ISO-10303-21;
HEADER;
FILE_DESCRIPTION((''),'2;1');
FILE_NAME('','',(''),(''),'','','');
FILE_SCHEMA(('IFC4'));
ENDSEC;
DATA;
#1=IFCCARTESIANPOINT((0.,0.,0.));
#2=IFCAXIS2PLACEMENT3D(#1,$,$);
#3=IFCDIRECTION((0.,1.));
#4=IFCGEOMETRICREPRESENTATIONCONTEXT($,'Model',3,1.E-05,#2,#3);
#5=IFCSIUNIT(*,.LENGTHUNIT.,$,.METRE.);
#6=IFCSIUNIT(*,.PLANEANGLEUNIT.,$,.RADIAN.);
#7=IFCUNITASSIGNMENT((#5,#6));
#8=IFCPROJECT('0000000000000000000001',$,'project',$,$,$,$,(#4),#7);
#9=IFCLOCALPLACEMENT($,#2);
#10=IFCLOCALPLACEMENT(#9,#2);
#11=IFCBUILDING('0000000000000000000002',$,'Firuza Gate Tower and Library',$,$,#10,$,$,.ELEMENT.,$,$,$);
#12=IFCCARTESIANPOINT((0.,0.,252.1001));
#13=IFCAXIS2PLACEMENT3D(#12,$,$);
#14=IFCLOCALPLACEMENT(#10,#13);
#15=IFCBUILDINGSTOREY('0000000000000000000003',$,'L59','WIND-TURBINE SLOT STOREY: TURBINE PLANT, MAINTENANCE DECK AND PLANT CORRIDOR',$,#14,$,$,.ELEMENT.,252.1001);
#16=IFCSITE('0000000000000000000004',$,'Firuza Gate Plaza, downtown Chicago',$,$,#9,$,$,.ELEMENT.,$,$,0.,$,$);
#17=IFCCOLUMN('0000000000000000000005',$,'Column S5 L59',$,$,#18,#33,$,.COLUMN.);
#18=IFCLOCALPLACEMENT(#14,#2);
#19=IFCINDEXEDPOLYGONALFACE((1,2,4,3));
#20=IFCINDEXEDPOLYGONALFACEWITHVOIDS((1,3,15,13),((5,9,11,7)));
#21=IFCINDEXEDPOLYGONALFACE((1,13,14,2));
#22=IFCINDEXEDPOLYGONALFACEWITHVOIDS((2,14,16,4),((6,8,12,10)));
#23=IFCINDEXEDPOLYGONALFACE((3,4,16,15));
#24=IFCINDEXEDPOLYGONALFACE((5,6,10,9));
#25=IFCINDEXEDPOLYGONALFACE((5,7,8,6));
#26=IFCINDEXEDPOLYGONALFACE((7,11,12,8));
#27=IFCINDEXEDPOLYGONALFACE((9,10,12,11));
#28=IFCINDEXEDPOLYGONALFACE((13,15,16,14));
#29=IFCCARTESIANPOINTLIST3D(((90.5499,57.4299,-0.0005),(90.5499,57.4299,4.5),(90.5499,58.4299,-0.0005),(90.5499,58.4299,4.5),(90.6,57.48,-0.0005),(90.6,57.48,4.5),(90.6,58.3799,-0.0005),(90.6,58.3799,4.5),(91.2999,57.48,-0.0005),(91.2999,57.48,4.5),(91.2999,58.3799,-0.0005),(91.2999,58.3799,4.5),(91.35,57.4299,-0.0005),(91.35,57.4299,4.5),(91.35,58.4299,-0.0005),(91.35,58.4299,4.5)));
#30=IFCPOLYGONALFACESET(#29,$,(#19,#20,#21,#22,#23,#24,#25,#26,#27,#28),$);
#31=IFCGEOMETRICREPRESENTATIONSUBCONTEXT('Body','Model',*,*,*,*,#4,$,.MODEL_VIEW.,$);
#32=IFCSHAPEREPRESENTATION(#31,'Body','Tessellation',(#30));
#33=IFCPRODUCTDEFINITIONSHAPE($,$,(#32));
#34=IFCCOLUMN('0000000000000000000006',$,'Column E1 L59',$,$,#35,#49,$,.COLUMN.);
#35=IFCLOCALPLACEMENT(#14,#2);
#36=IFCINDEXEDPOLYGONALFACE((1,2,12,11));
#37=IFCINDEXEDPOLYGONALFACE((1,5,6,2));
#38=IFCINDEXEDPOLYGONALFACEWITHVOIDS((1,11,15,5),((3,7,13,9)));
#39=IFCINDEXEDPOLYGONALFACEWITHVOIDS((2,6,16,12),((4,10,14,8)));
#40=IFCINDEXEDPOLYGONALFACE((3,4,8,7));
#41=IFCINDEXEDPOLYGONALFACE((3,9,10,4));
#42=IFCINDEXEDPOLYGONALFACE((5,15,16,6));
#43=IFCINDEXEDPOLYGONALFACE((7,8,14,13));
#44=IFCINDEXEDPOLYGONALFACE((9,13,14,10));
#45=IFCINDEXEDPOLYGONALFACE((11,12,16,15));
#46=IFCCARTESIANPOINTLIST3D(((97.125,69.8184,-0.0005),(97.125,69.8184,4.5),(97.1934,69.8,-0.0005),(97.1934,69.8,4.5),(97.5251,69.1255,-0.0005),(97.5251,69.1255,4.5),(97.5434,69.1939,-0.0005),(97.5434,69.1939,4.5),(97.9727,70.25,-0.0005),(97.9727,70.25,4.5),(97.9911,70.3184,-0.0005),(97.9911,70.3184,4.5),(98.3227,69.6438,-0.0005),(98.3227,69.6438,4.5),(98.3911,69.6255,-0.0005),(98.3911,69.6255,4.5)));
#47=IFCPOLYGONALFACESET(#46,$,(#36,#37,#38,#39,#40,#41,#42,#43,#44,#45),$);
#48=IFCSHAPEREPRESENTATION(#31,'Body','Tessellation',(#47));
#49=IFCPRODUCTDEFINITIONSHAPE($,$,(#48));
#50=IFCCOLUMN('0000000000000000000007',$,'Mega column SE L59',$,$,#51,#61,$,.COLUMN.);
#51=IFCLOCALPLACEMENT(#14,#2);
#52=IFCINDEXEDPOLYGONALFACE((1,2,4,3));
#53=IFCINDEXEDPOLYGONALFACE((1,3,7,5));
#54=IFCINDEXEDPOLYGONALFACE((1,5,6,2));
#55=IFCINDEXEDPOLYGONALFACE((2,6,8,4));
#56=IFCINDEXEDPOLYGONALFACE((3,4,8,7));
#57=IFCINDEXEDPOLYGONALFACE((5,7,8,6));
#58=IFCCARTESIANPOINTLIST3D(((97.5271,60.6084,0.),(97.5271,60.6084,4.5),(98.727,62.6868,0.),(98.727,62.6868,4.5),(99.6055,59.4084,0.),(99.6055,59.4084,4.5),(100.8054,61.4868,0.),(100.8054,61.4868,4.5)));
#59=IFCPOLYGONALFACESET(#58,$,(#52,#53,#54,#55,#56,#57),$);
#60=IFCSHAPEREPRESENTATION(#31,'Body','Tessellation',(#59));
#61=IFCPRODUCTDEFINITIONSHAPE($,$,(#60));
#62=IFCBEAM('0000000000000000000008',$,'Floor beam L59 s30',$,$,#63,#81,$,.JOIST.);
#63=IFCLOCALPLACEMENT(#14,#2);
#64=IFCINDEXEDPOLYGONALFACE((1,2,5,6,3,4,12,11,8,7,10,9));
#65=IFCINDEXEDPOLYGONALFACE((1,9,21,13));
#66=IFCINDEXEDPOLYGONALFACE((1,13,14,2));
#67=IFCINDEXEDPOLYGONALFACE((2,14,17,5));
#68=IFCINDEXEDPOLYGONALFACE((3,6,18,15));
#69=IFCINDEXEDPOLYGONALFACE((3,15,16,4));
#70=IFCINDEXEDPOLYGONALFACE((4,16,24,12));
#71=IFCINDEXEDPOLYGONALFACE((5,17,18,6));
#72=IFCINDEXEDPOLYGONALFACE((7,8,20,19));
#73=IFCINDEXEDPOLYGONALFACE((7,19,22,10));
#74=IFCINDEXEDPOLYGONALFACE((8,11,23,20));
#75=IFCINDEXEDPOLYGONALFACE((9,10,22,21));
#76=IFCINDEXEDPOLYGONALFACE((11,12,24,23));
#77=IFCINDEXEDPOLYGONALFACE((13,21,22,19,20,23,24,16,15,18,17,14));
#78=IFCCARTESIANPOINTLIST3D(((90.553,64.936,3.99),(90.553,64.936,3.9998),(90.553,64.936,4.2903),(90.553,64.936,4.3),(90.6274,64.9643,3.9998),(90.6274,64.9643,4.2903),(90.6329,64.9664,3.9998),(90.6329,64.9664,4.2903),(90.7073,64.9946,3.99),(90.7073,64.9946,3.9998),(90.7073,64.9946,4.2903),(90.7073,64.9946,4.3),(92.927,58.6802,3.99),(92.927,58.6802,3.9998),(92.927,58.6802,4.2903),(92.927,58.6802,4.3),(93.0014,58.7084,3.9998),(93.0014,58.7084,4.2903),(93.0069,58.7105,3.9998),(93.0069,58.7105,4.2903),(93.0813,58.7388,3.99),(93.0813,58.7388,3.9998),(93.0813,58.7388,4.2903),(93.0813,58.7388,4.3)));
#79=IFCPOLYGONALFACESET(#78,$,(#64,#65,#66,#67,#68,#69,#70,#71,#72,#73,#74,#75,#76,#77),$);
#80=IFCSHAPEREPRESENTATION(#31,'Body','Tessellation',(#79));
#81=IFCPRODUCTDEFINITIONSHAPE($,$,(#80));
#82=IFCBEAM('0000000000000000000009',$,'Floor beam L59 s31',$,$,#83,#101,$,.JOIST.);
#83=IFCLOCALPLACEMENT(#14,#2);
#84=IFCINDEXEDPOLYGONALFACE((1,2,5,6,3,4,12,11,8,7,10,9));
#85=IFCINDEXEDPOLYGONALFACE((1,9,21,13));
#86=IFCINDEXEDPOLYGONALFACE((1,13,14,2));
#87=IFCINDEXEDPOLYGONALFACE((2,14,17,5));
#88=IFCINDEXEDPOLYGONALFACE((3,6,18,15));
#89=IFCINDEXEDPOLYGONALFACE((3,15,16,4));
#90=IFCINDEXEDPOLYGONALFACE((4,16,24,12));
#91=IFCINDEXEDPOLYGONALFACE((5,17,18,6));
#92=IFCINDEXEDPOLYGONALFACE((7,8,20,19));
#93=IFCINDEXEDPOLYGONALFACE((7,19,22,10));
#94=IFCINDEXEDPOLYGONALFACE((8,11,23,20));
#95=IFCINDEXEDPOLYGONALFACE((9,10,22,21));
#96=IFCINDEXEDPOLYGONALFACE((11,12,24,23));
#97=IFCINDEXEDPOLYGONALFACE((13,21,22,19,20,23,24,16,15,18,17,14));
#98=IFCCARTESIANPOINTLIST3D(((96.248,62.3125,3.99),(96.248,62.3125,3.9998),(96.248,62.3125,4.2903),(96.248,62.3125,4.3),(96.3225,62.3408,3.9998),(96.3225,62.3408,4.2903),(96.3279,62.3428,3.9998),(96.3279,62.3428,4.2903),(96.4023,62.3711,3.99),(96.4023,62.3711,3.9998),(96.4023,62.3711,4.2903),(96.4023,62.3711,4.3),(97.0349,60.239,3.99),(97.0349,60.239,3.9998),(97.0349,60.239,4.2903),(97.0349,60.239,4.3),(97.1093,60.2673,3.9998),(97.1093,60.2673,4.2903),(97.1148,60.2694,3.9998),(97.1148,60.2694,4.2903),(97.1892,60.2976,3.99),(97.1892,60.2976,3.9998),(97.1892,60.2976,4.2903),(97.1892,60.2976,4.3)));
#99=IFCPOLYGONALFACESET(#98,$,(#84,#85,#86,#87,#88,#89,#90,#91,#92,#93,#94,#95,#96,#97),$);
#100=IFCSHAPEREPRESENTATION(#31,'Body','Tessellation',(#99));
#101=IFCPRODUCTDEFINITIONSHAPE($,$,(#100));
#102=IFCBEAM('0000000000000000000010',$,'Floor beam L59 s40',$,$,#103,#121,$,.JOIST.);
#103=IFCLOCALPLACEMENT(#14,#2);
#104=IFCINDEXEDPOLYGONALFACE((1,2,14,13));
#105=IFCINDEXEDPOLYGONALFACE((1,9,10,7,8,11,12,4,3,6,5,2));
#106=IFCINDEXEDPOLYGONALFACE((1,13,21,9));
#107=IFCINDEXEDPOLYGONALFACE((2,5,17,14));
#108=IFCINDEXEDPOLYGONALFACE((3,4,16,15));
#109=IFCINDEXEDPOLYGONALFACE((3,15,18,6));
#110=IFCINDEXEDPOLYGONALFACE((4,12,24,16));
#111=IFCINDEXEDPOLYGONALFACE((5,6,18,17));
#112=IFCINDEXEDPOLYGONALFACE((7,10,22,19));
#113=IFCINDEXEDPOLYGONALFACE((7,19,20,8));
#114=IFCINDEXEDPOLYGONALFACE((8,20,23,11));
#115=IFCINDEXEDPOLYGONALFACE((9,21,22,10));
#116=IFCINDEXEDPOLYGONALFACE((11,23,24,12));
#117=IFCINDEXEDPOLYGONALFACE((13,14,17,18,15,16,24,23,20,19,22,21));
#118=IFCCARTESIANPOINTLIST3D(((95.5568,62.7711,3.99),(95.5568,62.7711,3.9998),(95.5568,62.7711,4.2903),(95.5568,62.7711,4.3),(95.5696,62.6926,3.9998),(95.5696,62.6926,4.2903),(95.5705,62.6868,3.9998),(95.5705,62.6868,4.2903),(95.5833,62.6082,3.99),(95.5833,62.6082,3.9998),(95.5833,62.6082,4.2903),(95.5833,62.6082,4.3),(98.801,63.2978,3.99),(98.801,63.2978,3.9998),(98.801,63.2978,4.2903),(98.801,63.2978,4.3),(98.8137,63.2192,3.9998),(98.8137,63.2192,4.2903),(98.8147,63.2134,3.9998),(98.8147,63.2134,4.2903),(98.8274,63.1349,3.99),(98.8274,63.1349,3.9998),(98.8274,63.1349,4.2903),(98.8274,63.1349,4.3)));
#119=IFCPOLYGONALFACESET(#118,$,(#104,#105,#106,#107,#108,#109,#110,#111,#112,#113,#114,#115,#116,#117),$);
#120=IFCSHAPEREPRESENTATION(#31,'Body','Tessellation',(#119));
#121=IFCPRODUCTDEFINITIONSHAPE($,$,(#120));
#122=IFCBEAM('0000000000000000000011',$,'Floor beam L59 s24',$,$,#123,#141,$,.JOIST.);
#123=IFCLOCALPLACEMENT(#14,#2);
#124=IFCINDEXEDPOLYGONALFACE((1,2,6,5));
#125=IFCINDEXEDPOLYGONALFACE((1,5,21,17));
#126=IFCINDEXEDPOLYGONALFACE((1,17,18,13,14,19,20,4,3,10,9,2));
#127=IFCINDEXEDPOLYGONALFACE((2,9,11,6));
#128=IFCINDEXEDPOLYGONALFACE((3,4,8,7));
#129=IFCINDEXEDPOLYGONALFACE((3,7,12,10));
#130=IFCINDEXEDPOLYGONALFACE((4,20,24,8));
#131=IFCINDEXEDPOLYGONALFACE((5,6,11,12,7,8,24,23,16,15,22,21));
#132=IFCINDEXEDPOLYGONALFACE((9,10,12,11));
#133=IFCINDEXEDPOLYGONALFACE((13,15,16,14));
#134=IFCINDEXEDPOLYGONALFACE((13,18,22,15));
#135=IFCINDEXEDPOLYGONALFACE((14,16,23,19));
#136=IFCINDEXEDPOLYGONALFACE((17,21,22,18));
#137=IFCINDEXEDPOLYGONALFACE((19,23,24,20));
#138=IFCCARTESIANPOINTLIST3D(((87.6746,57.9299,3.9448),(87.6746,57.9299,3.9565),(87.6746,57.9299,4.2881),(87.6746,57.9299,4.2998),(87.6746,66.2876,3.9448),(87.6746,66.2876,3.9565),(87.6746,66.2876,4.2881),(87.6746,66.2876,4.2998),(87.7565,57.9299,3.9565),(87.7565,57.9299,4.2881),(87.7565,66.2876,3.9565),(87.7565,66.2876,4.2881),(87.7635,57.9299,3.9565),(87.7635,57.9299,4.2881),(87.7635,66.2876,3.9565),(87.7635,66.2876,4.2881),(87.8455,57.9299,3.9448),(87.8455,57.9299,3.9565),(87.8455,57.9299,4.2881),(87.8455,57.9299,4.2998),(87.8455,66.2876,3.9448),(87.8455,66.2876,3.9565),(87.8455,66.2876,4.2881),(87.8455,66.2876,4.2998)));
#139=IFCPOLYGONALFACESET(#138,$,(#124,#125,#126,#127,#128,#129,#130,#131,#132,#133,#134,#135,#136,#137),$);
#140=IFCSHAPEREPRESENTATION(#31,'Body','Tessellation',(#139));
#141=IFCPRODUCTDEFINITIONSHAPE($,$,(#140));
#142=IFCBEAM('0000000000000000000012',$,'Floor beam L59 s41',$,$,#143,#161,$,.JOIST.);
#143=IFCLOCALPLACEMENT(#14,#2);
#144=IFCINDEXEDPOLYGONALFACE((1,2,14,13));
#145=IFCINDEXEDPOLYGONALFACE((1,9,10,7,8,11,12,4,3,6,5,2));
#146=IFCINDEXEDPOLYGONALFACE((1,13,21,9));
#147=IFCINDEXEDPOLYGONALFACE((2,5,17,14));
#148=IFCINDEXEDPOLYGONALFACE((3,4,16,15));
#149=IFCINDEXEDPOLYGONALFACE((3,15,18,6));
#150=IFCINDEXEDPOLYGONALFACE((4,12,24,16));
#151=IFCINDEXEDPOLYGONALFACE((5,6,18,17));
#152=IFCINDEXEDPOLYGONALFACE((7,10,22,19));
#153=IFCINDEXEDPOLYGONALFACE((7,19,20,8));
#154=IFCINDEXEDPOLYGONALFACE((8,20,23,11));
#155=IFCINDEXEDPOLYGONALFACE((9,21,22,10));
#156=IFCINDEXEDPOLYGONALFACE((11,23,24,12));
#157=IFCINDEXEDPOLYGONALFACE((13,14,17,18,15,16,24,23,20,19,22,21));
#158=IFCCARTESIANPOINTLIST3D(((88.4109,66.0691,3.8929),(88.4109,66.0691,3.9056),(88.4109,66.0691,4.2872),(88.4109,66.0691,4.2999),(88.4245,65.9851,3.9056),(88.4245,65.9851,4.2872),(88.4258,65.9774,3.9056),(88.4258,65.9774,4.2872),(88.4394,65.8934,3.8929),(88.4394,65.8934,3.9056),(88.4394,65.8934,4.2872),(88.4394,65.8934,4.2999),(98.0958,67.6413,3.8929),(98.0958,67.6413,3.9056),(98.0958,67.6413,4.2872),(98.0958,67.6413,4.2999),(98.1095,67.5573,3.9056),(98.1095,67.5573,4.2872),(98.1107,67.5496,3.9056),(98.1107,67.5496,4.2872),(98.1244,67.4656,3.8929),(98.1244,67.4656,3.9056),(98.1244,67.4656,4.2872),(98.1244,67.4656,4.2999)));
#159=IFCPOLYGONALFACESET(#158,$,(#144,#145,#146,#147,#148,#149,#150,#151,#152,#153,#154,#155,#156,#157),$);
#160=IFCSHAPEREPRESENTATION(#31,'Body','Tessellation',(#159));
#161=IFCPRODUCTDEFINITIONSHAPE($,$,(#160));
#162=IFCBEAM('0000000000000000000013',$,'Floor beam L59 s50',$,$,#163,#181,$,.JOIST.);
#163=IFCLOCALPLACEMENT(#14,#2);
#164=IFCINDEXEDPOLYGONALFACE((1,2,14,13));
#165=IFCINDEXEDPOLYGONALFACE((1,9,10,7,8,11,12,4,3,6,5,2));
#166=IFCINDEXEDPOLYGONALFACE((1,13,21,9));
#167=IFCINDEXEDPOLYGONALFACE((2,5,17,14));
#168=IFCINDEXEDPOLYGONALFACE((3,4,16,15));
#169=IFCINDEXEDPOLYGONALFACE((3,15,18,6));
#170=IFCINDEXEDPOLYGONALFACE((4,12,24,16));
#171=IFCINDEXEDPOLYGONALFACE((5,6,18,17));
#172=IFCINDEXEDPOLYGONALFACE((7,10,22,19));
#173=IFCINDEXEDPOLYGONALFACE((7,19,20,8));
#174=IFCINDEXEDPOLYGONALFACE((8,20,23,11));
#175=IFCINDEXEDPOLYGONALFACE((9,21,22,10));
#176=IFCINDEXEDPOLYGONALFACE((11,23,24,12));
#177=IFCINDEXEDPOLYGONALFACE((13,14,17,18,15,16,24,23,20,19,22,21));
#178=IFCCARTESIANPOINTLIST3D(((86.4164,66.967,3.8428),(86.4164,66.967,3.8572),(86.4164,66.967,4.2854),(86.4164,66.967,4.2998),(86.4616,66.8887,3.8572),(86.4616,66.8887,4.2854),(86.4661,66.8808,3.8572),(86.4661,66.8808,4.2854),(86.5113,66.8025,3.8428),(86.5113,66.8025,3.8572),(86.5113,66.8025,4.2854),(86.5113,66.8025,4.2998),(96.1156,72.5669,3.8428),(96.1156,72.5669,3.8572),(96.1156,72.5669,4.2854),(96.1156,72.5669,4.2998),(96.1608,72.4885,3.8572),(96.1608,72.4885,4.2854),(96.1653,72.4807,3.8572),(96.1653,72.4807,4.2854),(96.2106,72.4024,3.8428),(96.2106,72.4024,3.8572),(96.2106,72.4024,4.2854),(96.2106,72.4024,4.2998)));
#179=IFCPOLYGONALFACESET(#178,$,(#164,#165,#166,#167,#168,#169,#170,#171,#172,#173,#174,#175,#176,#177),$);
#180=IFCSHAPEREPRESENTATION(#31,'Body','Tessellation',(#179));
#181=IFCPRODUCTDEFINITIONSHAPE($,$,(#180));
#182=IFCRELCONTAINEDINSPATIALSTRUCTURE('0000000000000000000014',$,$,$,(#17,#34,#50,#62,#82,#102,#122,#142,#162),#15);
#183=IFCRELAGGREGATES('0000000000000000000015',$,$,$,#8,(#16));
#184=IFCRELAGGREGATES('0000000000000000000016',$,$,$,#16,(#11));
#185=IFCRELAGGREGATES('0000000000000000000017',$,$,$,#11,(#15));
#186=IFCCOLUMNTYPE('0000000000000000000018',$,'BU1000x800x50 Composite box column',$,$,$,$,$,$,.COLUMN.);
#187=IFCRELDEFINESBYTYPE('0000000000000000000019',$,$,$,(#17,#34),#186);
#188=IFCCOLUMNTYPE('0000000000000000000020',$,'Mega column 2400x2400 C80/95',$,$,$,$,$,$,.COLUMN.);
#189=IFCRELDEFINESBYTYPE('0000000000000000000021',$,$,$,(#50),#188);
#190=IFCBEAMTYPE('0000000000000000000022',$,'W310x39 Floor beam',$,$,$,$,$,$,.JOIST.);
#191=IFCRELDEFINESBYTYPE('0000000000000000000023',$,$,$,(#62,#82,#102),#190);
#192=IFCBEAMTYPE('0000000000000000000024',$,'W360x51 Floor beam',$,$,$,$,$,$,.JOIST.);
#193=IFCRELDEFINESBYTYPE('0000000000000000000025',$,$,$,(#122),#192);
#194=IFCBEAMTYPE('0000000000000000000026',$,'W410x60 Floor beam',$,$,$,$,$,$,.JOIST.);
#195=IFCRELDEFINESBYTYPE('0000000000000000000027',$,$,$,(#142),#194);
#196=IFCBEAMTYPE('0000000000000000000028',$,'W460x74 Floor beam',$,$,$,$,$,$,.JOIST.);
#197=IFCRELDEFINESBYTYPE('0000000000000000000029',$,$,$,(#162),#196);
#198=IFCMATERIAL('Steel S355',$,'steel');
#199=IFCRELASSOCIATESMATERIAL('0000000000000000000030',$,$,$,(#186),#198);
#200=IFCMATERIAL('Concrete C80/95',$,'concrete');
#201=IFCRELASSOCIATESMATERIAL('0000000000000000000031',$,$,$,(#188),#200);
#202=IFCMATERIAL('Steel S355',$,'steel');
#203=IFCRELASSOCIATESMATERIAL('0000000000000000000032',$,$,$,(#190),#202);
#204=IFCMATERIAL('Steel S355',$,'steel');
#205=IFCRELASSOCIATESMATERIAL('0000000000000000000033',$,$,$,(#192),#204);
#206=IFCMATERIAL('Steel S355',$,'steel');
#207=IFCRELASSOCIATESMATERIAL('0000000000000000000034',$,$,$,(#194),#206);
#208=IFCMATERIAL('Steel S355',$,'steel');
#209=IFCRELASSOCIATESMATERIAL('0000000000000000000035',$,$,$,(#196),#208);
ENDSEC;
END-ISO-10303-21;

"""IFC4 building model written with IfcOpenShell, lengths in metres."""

from ifc_helpers import new_model, si_unit, direction, frame, origin, origin_2d, place, context, subcontext, project, spatial, rectangle, hollow_rectangle, i_section, extrude, material, material_profile, profile_set, type_object, element, save


model = new_model("IFC4")

# Units and contexts
model_context = context("Model", 3, precision=1e-05, world=origin(), true_north=direction((0.0, 1.0)))
body_context = subcontext(model_context, "Body", "Model", "MODEL_VIEW")
ifc_project = project(units=[si_unit("LENGTHUNIT", "METRE"), si_unit("PLANEANGLEUNIT", "RADIAN")], contexts=[model_context])

# Site, building, storey
site_placement = place(None, origin())
site = spatial("IfcSite", under=ifc_project, at=site_placement, Name="Firuza Gate Plaza, downtown Chicago", CompositionType="ELEMENT", RefElevation=0.0)
building_placement = place(site_placement, origin())
building = spatial("IfcBuilding", under=site, at=building_placement, Name="Firuza Gate Tower and Library", CompositionType="ELEMENT")
storey_placement = place(building_placement, frame((0.0, 0.0, 252.1001)))
storey = spatial("IfcBuildingStorey", under=building, at=storey_placement, Name="L59", Description="WIND-TURBINE SLOT STOREY: TURBINE PLANT, MAINTENANCE DECK AND PLANT CORRIDOR", CompositionType="ELEMENT", Elevation=252.1001)

# Columns
ifc_material_1 = material(Name="Steel S355", Category="steel")
ifc_material_profile_1 = material_profile(ifc_material_1, hollow_rectangle(XDim=0.8, YDim=1.0, WallThickness=0.05, at=origin_2d()))
ifc_profile_set_1 = profile_set([ifc_material_profile_1], Name="Steel S355")
column_type_1 = type_object("IfcColumnType", Name="BU1000x800x50 Composite box column", PredefinedType="COLUMN", material=ifc_profile_set_1)
for number, where, z_axis, x_axis, name in (
    (1, (90.95, 57.9299, -0.0005), (0.0, 0.0, 1.0), (1.0, 0.0, 0.0), "Column S5 L59"),
    (2, (97.7581, 69.7219, -0.0005), (0.0, 0.0, 1.0), (-0.5, 0.866025, 0.0), "Column E1 L59"),
):
    element("IfcColumn", number, at=place(storey_placement, frame(where, z_axis=z_axis, x_axis=x_axis)), inside=storey, type_object=column_type_1, Name=name, PredefinedType="COLUMN", context=body_context, shape_type="SweptSolid", body=[
        extrude(hollow_rectangle(XDim=0.8, YDim=1.0, WallThickness=0.05, at=origin_2d()), origin(), (0.0, 0.0, 1.0), 4.5005),
    ])
ifc_material_2 = material(Name="Concrete C80/95", Category="concrete")
ifc_material_profile_2 = material_profile(ifc_material_2, rectangle(XDim=2.3999, YDim=2.3999, at=origin_2d()))
ifc_profile_set_2 = profile_set([ifc_material_profile_2], Name="Concrete C80/95")
column_type_2 = type_object("IfcColumnType", Name="Mega column 2400x2400 C80/95", PredefinedType="COLUMN", material=ifc_profile_set_2)
column_placement = place(storey_placement, frame((99.1663, 61.0476, 0.0), z_axis=(0.0, 0.0, 1.0), x_axis=(0.5, 0.866025, 0.0)))
element("IfcColumn", 3, at=column_placement, inside=storey, type_object=column_type_2, Name="Mega column SE L59", PredefinedType="COLUMN", context=body_context, shape_type="SweptSolid", body=[
    extrude(rectangle(XDim=2.3999, YDim=2.3999, at=origin_2d()), origin(), (0.0, 0.0, 1.0), 4.5),
])

# Beams
ifc_material_3 = material(Name="Steel S355", Category="steel")
ifc_material_profile_3 = material_profile(ifc_material_3, i_section(OverallWidth=0.165, OverallDepth=0.3101, WebThickness=0.0059, FlangeThickness=0.0098, at=origin_2d()))
ifc_profile_set_3 = profile_set([ifc_material_profile_3], Name="Steel S355")
beam_type_1 = type_object("IfcBeamType", Name="W310x39 Floor beam", PredefinedType="JOIST", material=ifc_profile_set_3)
beam_1_placement = place(storey_placement, frame((93.0042, 58.7095, 4.145), z_axis=(-0.354799, 0.934942, 0.0), x_axis=(-0.934942, -0.354799, 0.0)))
element("IfcBeam", 4, at=beam_1_placement, inside=storey, type_object=beam_type_1, Name="Floor beam L59 s30", PredefinedType="JOIST", context=body_context, shape_type="SweptSolid", body=[
    extrude(i_section(OverallWidth=0.165, OverallDepth=0.3101, WebThickness=0.0059, FlangeThickness=0.0098, at=origin_2d()), origin(), (0.0, 0.0, 1.0), 6.6912),
])
beam_2_placement = place(storey_placement, frame((97.1121, 60.2683, 4.145), z_axis=(-0.3548, 0.934942, 0.0), x_axis=(-0.934942, -0.3548, 0.0)))
element("IfcBeam", 5, at=beam_2_placement, inside=storey, type_object=beam_type_1, Name="Floor beam L59 s31", PredefinedType="JOIST", context=body_context, shape_type="SweptSolid", body=[
    extrude(i_section(OverallWidth=0.165, OverallDepth=0.3101, WebThickness=0.0059, FlangeThickness=0.0098, at=origin_2d()), origin(), (0.0, 0.0, 1.0), 2.2178),
])
beam_3_placement = place(storey_placement, frame((98.8142, 63.2163, 4.145), z_axis=(-0.98708, -0.16023, 0.0), x_axis=(0.16023, -0.98708, 0.0)))
element("IfcBeam", 6, at=beam_3_placement, inside=storey, type_object=beam_type_1, Name="Floor beam L59 s40", PredefinedType="JOIST", context=body_context, shape_type="SweptSolid", body=[
    extrude(i_section(OverallWidth=0.165, OverallDepth=0.3101, WebThickness=0.0059, FlangeThickness=0.0098, at=origin_2d()), origin(), (0.0, 0.0, 1.0), 3.2866),
])
ifc_material_4 = material(Name="Steel S355", Category="steel")
ifc_material_profile_4 = material_profile(ifc_material_4, i_section(OverallWidth=0.1709, OverallDepth=0.355, WebThickness=0.0071, FlangeThickness=0.0117, at=origin_2d()))
ifc_profile_set_4 = profile_set([ifc_material_profile_4], Name="Steel S355")
beam_type_2 = type_object("IfcBeamType", Name="W360x51 Floor beam", PredefinedType="JOIST", material=ifc_profile_set_4)
beam_4_placement = place(storey_placement, frame((87.76, 57.9299, 4.1223), z_axis=(0.0, 1.0, 0.0), x_axis=(-1.0, 0.0, 0.0)))
element("IfcBeam", 7, at=beam_4_placement, inside=storey, type_object=beam_type_2, Name="Floor beam L59 s24", PredefinedType="JOIST", context=body_context, shape_type="SweptSolid", body=[
    extrude(i_section(OverallWidth=0.1709, OverallDepth=0.355, WebThickness=0.0071, FlangeThickness=0.0117, at=origin_2d()), origin(), (0.0, 0.0, 1.0), 8.3577),
])
ifc_material_5 = material(Name="Steel S355", Category="steel")
ifc_material_profile_5 = material_profile(ifc_material_5, i_section(OverallWidth=0.178, OverallDepth=0.407, WebThickness=0.0078, FlangeThickness=0.0127, at=origin_2d()))
ifc_profile_set_5 = profile_set([ifc_material_profile_5], Name="Steel S355")
beam_type_3 = type_object("IfcBeamType", Name="W410x60 Floor beam", PredefinedType="JOIST", material=ifc_profile_set_5)
beam_5_placement = place(storey_placement, frame((98.1101, 67.5535, 4.0964), z_axis=(-0.987078, -0.160242, 0.0), x_axis=(0.160242, -0.987078, 0.0)))
element("IfcBeam", 8, at=beam_5_placement, inside=storey, type_object=beam_type_3, Name="Floor beam L59 s41", PredefinedType="JOIST", context=body_context, shape_type="SweptSolid", body=[
    extrude(i_section(OverallWidth=0.178, OverallDepth=0.407, WebThickness=0.0078, FlangeThickness=0.0127, at=origin_2d()), origin(), (0.0, 0.0, 1.0), 9.8118),
])
ifc_material_6 = material(Name="Steel S355", Category="steel")
ifc_material_profile_6 = material_profile(ifc_material_6, i_section(OverallWidth=0.1899, OverallDepth=0.457, WebThickness=0.009, FlangeThickness=0.0144, at=origin_2d()))
ifc_profile_set_6 = profile_set([ifc_material_profile_6], Name="Steel S355")
beam_type_4 = type_object("IfcBeamType", Name="W460x74 Floor beam", PredefinedType="JOIST", material=ifc_profile_set_6)
beam_6_placement = place(storey_placement, frame((96.1631, 72.4846, 4.0713), z_axis=(-0.866025, -0.5, 0.0), x_axis=(0.5, -0.866025, 0.0)))
element("IfcBeam", 9, at=beam_6_placement, inside=storey, type_object=beam_type_4, Name="Floor beam L59 s50", PredefinedType="JOIST", context=body_context, shape_type="SweptSolid", body=[
    extrude(i_section(OverallWidth=0.1899, OverallDepth=0.457, WebThickness=0.009, FlangeThickness=0.0144, at=origin_2d()), origin(), (0.0, 0.0, 1.0), 11.1997),
])

save(model, "model.ifc")
